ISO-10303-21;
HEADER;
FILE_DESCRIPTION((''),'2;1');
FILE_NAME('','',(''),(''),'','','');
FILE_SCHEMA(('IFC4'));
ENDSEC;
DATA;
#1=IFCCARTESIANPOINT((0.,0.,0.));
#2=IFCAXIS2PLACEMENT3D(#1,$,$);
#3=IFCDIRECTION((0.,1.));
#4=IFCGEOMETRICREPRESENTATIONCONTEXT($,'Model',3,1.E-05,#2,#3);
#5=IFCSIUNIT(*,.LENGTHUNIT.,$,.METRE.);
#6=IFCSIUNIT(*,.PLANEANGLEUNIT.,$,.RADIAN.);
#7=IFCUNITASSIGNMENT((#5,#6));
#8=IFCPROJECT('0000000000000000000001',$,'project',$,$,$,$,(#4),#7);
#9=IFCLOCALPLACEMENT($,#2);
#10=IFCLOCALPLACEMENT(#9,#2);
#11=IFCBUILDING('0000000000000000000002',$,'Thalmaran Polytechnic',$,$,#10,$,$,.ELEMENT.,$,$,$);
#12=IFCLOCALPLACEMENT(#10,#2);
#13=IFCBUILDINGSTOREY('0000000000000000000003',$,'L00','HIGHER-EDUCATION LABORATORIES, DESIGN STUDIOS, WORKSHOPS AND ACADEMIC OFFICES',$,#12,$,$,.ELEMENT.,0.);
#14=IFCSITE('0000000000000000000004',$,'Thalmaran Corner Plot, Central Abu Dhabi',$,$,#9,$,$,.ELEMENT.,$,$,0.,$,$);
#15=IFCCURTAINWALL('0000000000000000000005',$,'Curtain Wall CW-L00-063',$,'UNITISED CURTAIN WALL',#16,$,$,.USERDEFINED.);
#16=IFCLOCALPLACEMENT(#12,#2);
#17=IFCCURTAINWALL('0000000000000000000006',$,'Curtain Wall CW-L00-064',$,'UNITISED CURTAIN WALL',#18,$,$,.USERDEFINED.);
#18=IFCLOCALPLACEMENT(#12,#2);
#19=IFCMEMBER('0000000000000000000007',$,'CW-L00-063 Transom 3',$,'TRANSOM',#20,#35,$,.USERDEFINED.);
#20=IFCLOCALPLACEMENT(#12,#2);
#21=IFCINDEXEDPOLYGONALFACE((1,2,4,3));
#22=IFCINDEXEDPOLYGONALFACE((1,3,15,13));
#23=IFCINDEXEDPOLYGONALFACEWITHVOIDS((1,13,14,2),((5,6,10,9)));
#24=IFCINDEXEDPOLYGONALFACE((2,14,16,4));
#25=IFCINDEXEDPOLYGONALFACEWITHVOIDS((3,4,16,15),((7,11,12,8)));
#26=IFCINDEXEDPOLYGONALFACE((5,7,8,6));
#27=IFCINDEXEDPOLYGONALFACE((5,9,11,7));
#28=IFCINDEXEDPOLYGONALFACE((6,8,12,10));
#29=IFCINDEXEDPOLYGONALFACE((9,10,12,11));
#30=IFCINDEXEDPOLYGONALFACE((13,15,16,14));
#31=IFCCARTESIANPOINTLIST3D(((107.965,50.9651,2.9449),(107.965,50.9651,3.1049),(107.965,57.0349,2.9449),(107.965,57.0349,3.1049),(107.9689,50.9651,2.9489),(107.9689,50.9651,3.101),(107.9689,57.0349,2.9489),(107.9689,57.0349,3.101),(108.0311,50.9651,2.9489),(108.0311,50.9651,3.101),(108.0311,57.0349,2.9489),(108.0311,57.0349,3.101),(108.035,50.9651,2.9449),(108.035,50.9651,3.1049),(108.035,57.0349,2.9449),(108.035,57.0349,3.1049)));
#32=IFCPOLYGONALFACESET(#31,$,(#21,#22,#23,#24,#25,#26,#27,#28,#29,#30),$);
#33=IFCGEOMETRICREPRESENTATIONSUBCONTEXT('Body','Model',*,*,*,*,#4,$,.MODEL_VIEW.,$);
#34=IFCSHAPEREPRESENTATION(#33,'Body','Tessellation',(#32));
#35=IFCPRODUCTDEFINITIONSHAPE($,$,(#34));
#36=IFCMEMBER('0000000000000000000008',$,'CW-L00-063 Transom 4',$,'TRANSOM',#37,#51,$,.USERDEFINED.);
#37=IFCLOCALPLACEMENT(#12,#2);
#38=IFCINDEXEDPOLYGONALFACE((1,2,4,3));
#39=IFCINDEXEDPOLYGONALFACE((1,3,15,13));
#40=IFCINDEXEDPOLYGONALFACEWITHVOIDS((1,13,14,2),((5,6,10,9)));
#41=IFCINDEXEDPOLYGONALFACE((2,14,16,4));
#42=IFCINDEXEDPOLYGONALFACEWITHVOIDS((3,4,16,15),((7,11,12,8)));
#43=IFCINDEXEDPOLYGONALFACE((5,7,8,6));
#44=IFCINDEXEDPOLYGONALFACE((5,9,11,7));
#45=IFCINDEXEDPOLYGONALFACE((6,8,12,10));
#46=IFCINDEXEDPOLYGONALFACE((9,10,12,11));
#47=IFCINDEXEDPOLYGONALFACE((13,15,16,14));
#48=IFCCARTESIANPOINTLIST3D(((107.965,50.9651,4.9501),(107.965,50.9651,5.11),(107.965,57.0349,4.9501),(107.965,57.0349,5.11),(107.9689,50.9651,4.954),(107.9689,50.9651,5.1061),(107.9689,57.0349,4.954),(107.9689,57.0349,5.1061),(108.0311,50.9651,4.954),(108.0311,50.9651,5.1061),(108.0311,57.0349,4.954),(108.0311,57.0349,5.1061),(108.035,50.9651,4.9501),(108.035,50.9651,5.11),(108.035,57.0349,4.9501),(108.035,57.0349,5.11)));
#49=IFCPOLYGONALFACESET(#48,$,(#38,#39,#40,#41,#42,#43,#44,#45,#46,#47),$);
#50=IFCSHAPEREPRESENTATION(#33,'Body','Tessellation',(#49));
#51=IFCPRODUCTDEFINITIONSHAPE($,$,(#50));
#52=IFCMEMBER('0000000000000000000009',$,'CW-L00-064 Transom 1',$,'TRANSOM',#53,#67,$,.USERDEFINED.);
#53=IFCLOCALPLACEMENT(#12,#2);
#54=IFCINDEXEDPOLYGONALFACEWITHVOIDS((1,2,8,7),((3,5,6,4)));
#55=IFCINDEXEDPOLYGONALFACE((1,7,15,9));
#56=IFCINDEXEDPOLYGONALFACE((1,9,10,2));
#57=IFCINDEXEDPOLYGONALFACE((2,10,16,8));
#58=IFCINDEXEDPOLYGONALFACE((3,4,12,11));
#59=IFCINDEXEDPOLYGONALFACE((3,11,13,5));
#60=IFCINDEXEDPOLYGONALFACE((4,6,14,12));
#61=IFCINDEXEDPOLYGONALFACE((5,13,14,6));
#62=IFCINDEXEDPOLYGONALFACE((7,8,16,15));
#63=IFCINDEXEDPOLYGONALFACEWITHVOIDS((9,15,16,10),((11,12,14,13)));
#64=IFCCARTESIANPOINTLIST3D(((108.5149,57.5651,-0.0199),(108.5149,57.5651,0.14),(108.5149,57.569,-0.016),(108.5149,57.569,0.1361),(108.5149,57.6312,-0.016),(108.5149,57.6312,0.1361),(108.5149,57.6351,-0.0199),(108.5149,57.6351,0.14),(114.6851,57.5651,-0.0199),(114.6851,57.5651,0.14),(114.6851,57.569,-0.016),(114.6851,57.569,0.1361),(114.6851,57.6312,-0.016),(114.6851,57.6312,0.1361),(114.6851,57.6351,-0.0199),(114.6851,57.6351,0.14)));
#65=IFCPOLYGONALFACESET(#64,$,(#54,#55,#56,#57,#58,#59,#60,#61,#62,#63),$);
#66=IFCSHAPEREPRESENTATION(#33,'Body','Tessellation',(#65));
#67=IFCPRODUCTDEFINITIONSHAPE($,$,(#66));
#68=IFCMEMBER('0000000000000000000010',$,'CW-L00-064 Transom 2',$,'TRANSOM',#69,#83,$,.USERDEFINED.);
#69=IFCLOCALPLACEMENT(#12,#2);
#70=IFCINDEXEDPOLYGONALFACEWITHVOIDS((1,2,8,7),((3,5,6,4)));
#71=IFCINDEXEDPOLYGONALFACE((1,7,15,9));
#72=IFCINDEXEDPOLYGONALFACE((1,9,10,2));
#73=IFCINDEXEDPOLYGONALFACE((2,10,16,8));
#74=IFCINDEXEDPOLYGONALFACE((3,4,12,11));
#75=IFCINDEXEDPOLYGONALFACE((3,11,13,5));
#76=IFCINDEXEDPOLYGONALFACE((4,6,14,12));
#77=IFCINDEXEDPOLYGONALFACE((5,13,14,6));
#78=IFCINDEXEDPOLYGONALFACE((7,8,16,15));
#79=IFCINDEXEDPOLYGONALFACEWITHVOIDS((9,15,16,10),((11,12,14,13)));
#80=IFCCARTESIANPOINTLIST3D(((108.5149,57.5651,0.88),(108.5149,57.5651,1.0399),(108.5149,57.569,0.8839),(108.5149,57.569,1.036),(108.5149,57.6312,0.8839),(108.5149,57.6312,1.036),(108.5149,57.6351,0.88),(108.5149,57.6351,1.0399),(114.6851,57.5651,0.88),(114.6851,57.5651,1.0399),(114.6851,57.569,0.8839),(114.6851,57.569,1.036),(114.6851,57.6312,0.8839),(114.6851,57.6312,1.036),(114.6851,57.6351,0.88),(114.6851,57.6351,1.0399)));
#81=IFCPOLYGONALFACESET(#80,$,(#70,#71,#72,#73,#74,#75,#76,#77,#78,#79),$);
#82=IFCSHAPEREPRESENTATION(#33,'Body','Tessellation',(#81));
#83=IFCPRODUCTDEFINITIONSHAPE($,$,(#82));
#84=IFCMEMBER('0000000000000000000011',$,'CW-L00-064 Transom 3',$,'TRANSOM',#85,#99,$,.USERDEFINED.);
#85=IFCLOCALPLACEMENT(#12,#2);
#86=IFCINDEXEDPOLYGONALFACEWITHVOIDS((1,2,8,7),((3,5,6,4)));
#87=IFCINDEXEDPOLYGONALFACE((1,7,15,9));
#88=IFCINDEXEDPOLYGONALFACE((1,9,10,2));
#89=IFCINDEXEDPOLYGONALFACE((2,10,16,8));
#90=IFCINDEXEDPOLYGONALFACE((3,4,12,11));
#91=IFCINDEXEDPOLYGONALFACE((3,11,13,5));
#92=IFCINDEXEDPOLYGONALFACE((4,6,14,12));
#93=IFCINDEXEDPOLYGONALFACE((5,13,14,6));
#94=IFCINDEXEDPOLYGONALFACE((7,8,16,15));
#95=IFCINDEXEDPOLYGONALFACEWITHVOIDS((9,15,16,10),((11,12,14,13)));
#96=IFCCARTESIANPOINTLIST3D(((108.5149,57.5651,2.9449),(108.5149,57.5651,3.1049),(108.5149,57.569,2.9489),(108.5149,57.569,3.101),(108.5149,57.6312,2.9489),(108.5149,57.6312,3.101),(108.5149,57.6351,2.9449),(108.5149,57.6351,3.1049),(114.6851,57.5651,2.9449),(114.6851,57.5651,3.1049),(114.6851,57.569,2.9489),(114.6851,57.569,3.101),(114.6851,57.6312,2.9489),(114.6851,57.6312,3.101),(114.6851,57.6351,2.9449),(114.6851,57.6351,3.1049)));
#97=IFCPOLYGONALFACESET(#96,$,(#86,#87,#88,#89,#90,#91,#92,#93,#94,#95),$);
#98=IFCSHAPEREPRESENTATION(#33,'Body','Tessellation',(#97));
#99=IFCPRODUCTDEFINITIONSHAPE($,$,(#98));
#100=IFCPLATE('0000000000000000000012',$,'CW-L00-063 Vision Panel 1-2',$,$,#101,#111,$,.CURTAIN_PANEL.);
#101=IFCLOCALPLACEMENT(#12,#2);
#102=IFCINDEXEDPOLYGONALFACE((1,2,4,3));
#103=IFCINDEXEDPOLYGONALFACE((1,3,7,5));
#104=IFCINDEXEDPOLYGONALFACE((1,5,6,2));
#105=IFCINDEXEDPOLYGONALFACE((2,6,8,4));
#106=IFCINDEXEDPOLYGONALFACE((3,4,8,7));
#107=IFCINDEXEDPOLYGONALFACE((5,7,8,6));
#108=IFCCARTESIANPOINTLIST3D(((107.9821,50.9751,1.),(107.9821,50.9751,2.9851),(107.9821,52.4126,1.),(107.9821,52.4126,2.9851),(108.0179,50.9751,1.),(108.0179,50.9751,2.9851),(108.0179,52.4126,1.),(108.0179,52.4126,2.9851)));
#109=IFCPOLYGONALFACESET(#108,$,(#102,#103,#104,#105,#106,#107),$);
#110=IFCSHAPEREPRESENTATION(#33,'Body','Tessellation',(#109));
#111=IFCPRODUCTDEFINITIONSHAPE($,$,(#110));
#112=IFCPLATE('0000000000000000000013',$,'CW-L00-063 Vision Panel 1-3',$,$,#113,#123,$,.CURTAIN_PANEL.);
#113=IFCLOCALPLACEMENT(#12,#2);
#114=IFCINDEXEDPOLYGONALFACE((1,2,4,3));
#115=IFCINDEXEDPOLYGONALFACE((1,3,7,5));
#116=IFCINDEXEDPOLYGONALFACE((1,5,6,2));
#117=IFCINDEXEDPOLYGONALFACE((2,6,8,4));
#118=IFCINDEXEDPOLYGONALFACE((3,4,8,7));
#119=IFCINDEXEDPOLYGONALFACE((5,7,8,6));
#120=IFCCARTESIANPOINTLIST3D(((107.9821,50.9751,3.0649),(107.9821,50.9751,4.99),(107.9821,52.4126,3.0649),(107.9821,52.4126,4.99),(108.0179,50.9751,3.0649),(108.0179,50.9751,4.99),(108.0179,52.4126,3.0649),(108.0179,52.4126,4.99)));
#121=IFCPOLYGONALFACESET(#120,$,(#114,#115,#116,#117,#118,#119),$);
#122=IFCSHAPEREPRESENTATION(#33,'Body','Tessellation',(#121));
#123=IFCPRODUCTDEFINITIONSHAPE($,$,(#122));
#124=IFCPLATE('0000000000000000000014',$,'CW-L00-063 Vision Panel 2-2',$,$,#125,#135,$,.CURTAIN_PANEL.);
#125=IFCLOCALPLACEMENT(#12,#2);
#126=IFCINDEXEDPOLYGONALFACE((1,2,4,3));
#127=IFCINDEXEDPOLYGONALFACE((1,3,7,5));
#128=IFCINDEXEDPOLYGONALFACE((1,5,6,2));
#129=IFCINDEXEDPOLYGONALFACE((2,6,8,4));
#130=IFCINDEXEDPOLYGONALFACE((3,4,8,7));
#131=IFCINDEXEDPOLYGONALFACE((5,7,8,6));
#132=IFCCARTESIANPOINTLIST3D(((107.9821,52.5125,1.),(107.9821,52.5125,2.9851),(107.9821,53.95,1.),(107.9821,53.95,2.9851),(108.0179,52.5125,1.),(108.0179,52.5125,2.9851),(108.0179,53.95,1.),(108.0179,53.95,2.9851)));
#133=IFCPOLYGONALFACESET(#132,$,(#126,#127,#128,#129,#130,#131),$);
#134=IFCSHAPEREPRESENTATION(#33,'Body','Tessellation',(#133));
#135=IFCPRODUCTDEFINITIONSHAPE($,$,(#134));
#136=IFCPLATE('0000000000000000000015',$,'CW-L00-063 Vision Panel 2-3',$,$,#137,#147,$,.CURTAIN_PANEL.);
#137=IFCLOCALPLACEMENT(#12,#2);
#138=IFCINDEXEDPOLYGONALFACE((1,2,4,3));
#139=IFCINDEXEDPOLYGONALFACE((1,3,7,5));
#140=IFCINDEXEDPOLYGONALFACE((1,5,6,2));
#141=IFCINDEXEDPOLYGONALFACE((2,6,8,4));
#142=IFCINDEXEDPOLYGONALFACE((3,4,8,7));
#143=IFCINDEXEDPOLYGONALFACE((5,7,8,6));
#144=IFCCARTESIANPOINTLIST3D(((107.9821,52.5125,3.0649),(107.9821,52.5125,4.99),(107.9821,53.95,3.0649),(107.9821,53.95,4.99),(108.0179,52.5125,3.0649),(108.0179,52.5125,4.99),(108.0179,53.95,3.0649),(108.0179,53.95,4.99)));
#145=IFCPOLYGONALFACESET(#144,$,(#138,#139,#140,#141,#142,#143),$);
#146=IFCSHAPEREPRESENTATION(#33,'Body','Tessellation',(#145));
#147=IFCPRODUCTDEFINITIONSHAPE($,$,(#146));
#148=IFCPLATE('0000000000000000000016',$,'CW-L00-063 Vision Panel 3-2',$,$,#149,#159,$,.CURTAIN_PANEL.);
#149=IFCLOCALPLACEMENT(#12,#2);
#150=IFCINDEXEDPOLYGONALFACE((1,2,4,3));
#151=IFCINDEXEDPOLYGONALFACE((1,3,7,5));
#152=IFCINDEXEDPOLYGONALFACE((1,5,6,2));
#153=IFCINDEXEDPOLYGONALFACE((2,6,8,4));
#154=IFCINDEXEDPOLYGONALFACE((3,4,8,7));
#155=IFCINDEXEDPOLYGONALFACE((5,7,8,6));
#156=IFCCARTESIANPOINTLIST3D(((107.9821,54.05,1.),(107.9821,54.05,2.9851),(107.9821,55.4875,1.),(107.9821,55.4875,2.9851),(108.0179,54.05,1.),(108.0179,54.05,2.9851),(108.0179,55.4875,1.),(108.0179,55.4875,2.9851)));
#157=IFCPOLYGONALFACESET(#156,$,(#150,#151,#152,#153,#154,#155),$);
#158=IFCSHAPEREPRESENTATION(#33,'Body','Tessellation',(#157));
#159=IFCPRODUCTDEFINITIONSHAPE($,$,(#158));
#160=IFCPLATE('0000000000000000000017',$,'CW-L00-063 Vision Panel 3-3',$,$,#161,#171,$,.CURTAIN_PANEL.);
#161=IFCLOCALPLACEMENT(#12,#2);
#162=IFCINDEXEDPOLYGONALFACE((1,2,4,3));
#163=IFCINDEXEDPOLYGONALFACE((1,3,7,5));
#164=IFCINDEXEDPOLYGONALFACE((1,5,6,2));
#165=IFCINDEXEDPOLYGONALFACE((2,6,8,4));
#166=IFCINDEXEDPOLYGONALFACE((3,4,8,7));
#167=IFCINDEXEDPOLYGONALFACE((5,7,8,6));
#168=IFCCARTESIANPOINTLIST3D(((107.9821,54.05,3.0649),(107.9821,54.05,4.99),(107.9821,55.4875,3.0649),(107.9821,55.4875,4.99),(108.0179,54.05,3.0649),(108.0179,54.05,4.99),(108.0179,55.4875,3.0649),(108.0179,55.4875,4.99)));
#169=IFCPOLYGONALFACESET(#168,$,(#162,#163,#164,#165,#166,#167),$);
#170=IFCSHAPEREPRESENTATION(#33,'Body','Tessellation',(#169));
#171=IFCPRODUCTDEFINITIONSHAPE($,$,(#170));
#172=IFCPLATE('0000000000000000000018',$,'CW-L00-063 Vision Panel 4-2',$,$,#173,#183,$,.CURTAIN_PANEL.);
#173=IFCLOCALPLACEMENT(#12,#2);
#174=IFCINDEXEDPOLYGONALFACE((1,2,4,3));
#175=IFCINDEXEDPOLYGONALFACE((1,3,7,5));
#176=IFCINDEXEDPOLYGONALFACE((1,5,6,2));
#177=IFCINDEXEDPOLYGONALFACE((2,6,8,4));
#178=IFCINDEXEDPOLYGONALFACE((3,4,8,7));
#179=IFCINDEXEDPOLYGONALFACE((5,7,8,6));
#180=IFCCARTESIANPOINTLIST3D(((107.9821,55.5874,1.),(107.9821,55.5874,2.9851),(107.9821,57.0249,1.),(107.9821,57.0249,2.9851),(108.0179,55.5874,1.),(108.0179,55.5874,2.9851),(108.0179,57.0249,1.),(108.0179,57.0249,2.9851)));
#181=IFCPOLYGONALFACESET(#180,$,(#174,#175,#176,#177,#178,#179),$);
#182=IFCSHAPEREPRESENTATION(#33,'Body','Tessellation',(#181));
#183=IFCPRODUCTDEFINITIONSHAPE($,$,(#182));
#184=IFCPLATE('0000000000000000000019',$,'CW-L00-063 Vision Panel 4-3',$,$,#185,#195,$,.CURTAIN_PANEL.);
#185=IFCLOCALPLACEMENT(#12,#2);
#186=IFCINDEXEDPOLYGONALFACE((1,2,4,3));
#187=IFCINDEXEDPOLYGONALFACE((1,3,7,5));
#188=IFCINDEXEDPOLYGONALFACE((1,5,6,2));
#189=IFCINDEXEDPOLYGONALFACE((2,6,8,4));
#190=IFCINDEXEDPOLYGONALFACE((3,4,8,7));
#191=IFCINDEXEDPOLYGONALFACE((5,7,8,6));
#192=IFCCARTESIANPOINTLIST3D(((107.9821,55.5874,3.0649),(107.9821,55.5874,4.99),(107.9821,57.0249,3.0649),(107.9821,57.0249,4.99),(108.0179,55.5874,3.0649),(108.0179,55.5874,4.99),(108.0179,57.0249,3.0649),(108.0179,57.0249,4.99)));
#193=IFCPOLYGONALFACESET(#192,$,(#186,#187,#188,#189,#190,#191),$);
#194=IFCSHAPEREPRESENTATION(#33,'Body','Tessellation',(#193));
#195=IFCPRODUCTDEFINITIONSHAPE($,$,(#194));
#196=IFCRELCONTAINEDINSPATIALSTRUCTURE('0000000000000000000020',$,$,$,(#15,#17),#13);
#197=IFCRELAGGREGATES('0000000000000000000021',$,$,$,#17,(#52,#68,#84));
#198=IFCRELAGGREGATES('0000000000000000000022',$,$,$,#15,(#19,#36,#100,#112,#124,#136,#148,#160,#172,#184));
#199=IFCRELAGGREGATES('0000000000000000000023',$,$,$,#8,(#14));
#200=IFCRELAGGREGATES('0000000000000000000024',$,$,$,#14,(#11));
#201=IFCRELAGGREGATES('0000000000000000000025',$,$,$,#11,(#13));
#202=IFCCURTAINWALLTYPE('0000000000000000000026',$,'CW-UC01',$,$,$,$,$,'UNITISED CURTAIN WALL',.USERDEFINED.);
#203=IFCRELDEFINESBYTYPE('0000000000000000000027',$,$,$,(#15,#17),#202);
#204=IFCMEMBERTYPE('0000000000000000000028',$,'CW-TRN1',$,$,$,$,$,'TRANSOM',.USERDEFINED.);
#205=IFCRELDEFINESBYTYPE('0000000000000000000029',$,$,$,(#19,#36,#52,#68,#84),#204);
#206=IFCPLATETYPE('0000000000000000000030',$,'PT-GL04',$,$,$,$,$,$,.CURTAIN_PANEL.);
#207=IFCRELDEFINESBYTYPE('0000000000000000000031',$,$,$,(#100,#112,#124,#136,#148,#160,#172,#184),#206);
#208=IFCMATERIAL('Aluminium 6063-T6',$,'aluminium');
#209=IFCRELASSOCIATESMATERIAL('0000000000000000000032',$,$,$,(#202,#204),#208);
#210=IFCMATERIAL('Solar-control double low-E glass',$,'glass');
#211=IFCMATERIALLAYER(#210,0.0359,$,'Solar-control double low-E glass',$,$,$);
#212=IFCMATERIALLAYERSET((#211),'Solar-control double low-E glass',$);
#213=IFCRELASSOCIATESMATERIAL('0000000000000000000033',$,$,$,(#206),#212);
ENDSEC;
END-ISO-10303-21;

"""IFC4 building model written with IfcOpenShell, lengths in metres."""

from ifc_helpers import new_model, si_unit, direction, frame, origin, origin_2d, place, context, subcontext, project, spatial, rectangle, hollow_rectangle, extrude, material, layer, layer_set, material_profile, profile_set, type_object, element, aggregate, save


model = new_model("IFC4")

# Units and contexts
model_context = context("Model", 3, precision=1e-05, world=origin(), true_north=direction((0.0, 1.0)))
body_context = subcontext(model_context, "Body", "Model", "MODEL_VIEW")
ifc_project = project(units=[si_unit("LENGTHUNIT", "METRE"), si_unit("PLANEANGLEUNIT", "RADIAN")], contexts=[model_context])

# Site, building, storey
site_placement = place(None, origin())
site = spatial("IfcSite", under=ifc_project, at=site_placement, Name="Thalmaran Corner Plot, Central Abu Dhabi", CompositionType="ELEMENT", RefElevation=0.0)
building_placement = place(site_placement, origin())
building = spatial("IfcBuilding", under=site, at=building_placement, Name="Thalmaran Polytechnic", CompositionType="ELEMENT")
storey_placement = place(building_placement, origin())
storey = spatial("IfcBuildingStorey", under=building, at=storey_placement, Name="L00", Description="HIGHER-EDUCATION LABORATORIES, DESIGN STUDIOS, WORKSHOPS AND ACADEMIC OFFICES", CompositionType="ELEMENT", Elevation=0.0)

# Curtain wall
ifc_material_1 = material(Name="Aluminium 6063-T6", Category="aluminium")
curtain_wall_type = type_object("IfcCurtainWallType", Name="CW-UC01", ElementType="UNITISED CURTAIN WALL", PredefinedType="USERDEFINED", material=ifc_material_1)
curtain_wall_1_placement = place(storey_placement, origin())
curtain_wall_1 = element("IfcCurtainWall", 1, at=curtain_wall_1_placement, inside=storey, type_object=curtain_wall_type, Name="Curtain Wall CW-L00-063", ObjectType="UNITISED CURTAIN WALL", PredefinedType="USERDEFINED")

# Curtain wall
curtain_wall_2_placement = place(storey_placement, origin())
curtain_wall_2 = element("IfcCurtainWall", 2, at=curtain_wall_2_placement, inside=storey, type_object=curtain_wall_type, Name="Curtain Wall CW-L00-064", ObjectType="UNITISED CURTAIN WALL", PredefinedType="USERDEFINED")

# Members
ifc_material_profile_1 = material_profile(ifc_material_1, hollow_rectangle(XDim=0.0701, YDim=0.1599, WallThickness=0.0039, at=origin_2d()), Name="AL 160x70x4.0")
ifc_profile_set_1 = profile_set([ifc_material_profile_1], Name="Aluminium 6063-T6")
member_type_1 = type_object("IfcMemberType", Name="CW-TRN1", ElementType="TRANSOM", PredefinedType="USERDEFINED", material=ifc_profile_set_1)
member_1_placement = place(storey_placement, frame((108.0, 50.9651, 3.0249), z_axis=(0.0, 1.0, 0.0), x_axis=(-1.0, 0.0, 0.0)))
member_1 = element("IfcMember", 3, at=member_1_placement, type_object=member_type_1, Name="CW-L00-063 Transom 3", ObjectType="TRANSOM", PredefinedType="USERDEFINED", context=body_context, shape_type="SweptSolid", body=[
    extrude(hollow_rectangle(XDim=0.0701, YDim=0.1599, WallThickness=0.0039, at=origin_2d()), origin(), (0.0, 0.0, 1.0), 6.0698),
])
member_2_placement = place(storey_placement, frame((108.0, 50.9651, 5.03), z_axis=(0.0, 1.0, 0.0), x_axis=(-1.0, 0.0, 0.0)))
member_2 = element("IfcMember", 4, at=member_2_placement, type_object=member_type_1, Name="CW-L00-063 Transom 4", ObjectType="TRANSOM", PredefinedType="USERDEFINED", context=body_context, shape_type="SweptSolid", body=[
    extrude(hollow_rectangle(XDim=0.0701, YDim=0.1599, WallThickness=0.0039, at=origin_2d()), origin(), (0.0, 0.0, 1.0), 6.0698),
])
member_3_placement = place(storey_placement, frame((108.5149, 57.6001, 0.0601), z_axis=(1.0, 0.0, 0.0), x_axis=(0.0, 1.0, 0.0)))
member_3 = element("IfcMember", 5, at=member_3_placement, type_object=member_type_1, Name="CW-L00-064 Transom 1", ObjectType="TRANSOM", PredefinedType="USERDEFINED", context=body_context, shape_type="SweptSolid", body=[
    extrude(hollow_rectangle(XDim=0.0701, YDim=0.1599, WallThickness=0.0039, at=origin_2d()), origin(), (0.0, 0.0, 1.0), 6.1702),
])
member_4_placement = place(storey_placement, frame((108.5149, 57.6001, 0.96), z_axis=(1.0, 0.0, 0.0), x_axis=(0.0, 1.0, 0.0)))
member_4 = element("IfcMember", 6, at=member_4_placement, type_object=member_type_1, Name="CW-L00-064 Transom 2", ObjectType="TRANSOM", PredefinedType="USERDEFINED", context=body_context, shape_type="SweptSolid", body=[
    extrude(hollow_rectangle(XDim=0.0701, YDim=0.1599, WallThickness=0.0039, at=origin_2d()), origin(), (0.0, 0.0, 1.0), 6.1702),
])
member_5_placement = place(storey_placement, frame((108.5149, 57.6001, 3.0249), z_axis=(1.0, 0.0, 0.0), x_axis=(0.0, 1.0, 0.0)))
member_5 = element("IfcMember", 7, at=member_5_placement, type_object=member_type_1, Name="CW-L00-064 Transom 3", ObjectType="TRANSOM", PredefinedType="USERDEFINED", context=body_context, shape_type="SweptSolid", body=[
    extrude(hollow_rectangle(XDim=0.0701, YDim=0.1599, WallThickness=0.0039, at=origin_2d()), origin(), (0.0, 0.0, 1.0), 6.1702),
])
aggregate(curtain_wall_2, [member_3, member_4, member_5])

# Plates
ifc_material_2 = material(Name="Solar-control double low-E glass", Category="glass")
ifc_layer_1 = layer(ifc_material_2, 0.0359, Name="Solar-control double low-E glass")
ifc_layer_set_1 = layer_set([ifc_layer_1], Name="Solar-control double low-E glass")
plate_type_1 = type_object("IfcPlateType", Name="PT-GL04", PredefinedType="CURTAIN_PANEL", material=ifc_layer_set_1)
plate_1_placement = place(storey_placement, frame((108.0, 51.6938, 1.0), z_axis=(0.0, 0.0, 1.0), x_axis=(0.0, 1.0, 0.0)))
plate_1 = element("IfcPlate", 8, at=plate_1_placement, type_object=plate_type_1, Name="CW-L00-063 Vision Panel 1-2", PredefinedType="CURTAIN_PANEL", context=body_context, shape_type="SweptSolid", body=[
    extrude(rectangle(XDim=1.4375, YDim=0.0359, at=origin_2d()), origin(), (0.0, 0.0, 1.0), 1.9851),
])
plate_2_placement = place(storey_placement, frame((108.0, 51.6938, 3.0649), z_axis=(0.0, 0.0, 1.0), x_axis=(0.0, 1.0, 0.0)))
plate_2 = element("IfcPlate", 9, at=plate_2_placement, type_object=plate_type_1, Name="CW-L00-063 Vision Panel 1-3", PredefinedType="CURTAIN_PANEL", context=body_context, shape_type="SweptSolid", body=[
    extrude(rectangle(XDim=1.4375, YDim=0.0359, at=origin_2d()), origin(), (0.0, 0.0, 1.0), 1.925),
])
plate_3_placement = place(storey_placement, frame((108.0, 53.2312, 1.0), z_axis=(0.0, 0.0, 1.0), x_axis=(0.0, 1.0, 0.0)))
plate_3 = element("IfcPlate", 10, at=plate_3_placement, type_object=plate_type_1, Name="CW-L00-063 Vision Panel 2-2", PredefinedType="CURTAIN_PANEL", context=body_context, shape_type="SweptSolid", body=[
    extrude(rectangle(XDim=1.4375, YDim=0.0359, at=origin_2d()), origin(), (0.0, 0.0, 1.0), 1.9851),
])
plate_4_placement = place(storey_placement, frame((108.0, 53.2312, 3.0649), z_axis=(0.0, 0.0, 1.0), x_axis=(0.0, 1.0, 0.0)))
plate_4 = element("IfcPlate", 11, at=plate_4_placement, type_object=plate_type_1, Name="CW-L00-063 Vision Panel 2-3", PredefinedType="CURTAIN_PANEL", context=body_context, shape_type="SweptSolid", body=[
    extrude(rectangle(XDim=1.4375, YDim=0.0359, at=origin_2d()), origin(), (0.0, 0.0, 1.0), 1.925),
])
plate_5_placement = place(storey_placement, frame((108.0, 54.7688, 1.0), z_axis=(0.0, 0.0, 1.0), x_axis=(0.0, 1.0, 0.0)))
plate_5 = element("IfcPlate", 12, at=plate_5_placement, type_object=plate_type_1, Name="CW-L00-063 Vision Panel 3-2", PredefinedType="CURTAIN_PANEL", context=body_context, shape_type="SweptSolid", body=[
    extrude(rectangle(XDim=1.4375, YDim=0.0359, at=origin_2d()), origin(), (0.0, 0.0, 1.0), 1.9851),
])
plate_6_placement = place(storey_placement, frame((108.0, 54.7688, 3.0649), z_axis=(0.0, 0.0, 1.0), x_axis=(0.0, 1.0, 0.0)))
plate_6 = element("IfcPlate", 13, at=plate_6_placement, type_object=plate_type_1, Name="CW-L00-063 Vision Panel 3-3", PredefinedType="CURTAIN_PANEL", context=body_context, shape_type="SweptSolid", body=[
    extrude(rectangle(XDim=1.4375, YDim=0.0359, at=origin_2d()), origin(), (0.0, 0.0, 1.0), 1.925),
])
plate_7_placement = place(storey_placement, frame((108.0, 56.3062, 1.0), z_axis=(0.0, 0.0, 1.0), x_axis=(0.0, 1.0, 0.0)))
plate_7 = element("IfcPlate", 14, at=plate_7_placement, type_object=plate_type_1, Name="CW-L00-063 Vision Panel 4-2", PredefinedType="CURTAIN_PANEL", context=body_context, shape_type="SweptSolid", body=[
    extrude(rectangle(XDim=1.4375, YDim=0.0359, at=origin_2d()), origin(), (0.0, 0.0, 1.0), 1.9851),
])
plate_8_placement = place(storey_placement, frame((108.0, 56.3062, 3.0649), z_axis=(0.0, 0.0, 1.0), x_axis=(0.0, 1.0, 0.0)))
plate_8 = element("IfcPlate", 15, at=plate_8_placement, type_object=plate_type_1, Name="CW-L00-063 Vision Panel 4-3", PredefinedType="CURTAIN_PANEL", context=body_context, shape_type="SweptSolid", body=[
    extrude(rectangle(XDim=1.4375, YDim=0.0359, at=origin_2d()), origin(), (0.0, 0.0, 1.0), 1.925),
])
aggregate(curtain_wall_1, [member_1, member_2, plate_1, plate_2, plate_3, plate_4, plate_5, plate_6, plate_7, plate_8])

save(model, "model.ifc")
